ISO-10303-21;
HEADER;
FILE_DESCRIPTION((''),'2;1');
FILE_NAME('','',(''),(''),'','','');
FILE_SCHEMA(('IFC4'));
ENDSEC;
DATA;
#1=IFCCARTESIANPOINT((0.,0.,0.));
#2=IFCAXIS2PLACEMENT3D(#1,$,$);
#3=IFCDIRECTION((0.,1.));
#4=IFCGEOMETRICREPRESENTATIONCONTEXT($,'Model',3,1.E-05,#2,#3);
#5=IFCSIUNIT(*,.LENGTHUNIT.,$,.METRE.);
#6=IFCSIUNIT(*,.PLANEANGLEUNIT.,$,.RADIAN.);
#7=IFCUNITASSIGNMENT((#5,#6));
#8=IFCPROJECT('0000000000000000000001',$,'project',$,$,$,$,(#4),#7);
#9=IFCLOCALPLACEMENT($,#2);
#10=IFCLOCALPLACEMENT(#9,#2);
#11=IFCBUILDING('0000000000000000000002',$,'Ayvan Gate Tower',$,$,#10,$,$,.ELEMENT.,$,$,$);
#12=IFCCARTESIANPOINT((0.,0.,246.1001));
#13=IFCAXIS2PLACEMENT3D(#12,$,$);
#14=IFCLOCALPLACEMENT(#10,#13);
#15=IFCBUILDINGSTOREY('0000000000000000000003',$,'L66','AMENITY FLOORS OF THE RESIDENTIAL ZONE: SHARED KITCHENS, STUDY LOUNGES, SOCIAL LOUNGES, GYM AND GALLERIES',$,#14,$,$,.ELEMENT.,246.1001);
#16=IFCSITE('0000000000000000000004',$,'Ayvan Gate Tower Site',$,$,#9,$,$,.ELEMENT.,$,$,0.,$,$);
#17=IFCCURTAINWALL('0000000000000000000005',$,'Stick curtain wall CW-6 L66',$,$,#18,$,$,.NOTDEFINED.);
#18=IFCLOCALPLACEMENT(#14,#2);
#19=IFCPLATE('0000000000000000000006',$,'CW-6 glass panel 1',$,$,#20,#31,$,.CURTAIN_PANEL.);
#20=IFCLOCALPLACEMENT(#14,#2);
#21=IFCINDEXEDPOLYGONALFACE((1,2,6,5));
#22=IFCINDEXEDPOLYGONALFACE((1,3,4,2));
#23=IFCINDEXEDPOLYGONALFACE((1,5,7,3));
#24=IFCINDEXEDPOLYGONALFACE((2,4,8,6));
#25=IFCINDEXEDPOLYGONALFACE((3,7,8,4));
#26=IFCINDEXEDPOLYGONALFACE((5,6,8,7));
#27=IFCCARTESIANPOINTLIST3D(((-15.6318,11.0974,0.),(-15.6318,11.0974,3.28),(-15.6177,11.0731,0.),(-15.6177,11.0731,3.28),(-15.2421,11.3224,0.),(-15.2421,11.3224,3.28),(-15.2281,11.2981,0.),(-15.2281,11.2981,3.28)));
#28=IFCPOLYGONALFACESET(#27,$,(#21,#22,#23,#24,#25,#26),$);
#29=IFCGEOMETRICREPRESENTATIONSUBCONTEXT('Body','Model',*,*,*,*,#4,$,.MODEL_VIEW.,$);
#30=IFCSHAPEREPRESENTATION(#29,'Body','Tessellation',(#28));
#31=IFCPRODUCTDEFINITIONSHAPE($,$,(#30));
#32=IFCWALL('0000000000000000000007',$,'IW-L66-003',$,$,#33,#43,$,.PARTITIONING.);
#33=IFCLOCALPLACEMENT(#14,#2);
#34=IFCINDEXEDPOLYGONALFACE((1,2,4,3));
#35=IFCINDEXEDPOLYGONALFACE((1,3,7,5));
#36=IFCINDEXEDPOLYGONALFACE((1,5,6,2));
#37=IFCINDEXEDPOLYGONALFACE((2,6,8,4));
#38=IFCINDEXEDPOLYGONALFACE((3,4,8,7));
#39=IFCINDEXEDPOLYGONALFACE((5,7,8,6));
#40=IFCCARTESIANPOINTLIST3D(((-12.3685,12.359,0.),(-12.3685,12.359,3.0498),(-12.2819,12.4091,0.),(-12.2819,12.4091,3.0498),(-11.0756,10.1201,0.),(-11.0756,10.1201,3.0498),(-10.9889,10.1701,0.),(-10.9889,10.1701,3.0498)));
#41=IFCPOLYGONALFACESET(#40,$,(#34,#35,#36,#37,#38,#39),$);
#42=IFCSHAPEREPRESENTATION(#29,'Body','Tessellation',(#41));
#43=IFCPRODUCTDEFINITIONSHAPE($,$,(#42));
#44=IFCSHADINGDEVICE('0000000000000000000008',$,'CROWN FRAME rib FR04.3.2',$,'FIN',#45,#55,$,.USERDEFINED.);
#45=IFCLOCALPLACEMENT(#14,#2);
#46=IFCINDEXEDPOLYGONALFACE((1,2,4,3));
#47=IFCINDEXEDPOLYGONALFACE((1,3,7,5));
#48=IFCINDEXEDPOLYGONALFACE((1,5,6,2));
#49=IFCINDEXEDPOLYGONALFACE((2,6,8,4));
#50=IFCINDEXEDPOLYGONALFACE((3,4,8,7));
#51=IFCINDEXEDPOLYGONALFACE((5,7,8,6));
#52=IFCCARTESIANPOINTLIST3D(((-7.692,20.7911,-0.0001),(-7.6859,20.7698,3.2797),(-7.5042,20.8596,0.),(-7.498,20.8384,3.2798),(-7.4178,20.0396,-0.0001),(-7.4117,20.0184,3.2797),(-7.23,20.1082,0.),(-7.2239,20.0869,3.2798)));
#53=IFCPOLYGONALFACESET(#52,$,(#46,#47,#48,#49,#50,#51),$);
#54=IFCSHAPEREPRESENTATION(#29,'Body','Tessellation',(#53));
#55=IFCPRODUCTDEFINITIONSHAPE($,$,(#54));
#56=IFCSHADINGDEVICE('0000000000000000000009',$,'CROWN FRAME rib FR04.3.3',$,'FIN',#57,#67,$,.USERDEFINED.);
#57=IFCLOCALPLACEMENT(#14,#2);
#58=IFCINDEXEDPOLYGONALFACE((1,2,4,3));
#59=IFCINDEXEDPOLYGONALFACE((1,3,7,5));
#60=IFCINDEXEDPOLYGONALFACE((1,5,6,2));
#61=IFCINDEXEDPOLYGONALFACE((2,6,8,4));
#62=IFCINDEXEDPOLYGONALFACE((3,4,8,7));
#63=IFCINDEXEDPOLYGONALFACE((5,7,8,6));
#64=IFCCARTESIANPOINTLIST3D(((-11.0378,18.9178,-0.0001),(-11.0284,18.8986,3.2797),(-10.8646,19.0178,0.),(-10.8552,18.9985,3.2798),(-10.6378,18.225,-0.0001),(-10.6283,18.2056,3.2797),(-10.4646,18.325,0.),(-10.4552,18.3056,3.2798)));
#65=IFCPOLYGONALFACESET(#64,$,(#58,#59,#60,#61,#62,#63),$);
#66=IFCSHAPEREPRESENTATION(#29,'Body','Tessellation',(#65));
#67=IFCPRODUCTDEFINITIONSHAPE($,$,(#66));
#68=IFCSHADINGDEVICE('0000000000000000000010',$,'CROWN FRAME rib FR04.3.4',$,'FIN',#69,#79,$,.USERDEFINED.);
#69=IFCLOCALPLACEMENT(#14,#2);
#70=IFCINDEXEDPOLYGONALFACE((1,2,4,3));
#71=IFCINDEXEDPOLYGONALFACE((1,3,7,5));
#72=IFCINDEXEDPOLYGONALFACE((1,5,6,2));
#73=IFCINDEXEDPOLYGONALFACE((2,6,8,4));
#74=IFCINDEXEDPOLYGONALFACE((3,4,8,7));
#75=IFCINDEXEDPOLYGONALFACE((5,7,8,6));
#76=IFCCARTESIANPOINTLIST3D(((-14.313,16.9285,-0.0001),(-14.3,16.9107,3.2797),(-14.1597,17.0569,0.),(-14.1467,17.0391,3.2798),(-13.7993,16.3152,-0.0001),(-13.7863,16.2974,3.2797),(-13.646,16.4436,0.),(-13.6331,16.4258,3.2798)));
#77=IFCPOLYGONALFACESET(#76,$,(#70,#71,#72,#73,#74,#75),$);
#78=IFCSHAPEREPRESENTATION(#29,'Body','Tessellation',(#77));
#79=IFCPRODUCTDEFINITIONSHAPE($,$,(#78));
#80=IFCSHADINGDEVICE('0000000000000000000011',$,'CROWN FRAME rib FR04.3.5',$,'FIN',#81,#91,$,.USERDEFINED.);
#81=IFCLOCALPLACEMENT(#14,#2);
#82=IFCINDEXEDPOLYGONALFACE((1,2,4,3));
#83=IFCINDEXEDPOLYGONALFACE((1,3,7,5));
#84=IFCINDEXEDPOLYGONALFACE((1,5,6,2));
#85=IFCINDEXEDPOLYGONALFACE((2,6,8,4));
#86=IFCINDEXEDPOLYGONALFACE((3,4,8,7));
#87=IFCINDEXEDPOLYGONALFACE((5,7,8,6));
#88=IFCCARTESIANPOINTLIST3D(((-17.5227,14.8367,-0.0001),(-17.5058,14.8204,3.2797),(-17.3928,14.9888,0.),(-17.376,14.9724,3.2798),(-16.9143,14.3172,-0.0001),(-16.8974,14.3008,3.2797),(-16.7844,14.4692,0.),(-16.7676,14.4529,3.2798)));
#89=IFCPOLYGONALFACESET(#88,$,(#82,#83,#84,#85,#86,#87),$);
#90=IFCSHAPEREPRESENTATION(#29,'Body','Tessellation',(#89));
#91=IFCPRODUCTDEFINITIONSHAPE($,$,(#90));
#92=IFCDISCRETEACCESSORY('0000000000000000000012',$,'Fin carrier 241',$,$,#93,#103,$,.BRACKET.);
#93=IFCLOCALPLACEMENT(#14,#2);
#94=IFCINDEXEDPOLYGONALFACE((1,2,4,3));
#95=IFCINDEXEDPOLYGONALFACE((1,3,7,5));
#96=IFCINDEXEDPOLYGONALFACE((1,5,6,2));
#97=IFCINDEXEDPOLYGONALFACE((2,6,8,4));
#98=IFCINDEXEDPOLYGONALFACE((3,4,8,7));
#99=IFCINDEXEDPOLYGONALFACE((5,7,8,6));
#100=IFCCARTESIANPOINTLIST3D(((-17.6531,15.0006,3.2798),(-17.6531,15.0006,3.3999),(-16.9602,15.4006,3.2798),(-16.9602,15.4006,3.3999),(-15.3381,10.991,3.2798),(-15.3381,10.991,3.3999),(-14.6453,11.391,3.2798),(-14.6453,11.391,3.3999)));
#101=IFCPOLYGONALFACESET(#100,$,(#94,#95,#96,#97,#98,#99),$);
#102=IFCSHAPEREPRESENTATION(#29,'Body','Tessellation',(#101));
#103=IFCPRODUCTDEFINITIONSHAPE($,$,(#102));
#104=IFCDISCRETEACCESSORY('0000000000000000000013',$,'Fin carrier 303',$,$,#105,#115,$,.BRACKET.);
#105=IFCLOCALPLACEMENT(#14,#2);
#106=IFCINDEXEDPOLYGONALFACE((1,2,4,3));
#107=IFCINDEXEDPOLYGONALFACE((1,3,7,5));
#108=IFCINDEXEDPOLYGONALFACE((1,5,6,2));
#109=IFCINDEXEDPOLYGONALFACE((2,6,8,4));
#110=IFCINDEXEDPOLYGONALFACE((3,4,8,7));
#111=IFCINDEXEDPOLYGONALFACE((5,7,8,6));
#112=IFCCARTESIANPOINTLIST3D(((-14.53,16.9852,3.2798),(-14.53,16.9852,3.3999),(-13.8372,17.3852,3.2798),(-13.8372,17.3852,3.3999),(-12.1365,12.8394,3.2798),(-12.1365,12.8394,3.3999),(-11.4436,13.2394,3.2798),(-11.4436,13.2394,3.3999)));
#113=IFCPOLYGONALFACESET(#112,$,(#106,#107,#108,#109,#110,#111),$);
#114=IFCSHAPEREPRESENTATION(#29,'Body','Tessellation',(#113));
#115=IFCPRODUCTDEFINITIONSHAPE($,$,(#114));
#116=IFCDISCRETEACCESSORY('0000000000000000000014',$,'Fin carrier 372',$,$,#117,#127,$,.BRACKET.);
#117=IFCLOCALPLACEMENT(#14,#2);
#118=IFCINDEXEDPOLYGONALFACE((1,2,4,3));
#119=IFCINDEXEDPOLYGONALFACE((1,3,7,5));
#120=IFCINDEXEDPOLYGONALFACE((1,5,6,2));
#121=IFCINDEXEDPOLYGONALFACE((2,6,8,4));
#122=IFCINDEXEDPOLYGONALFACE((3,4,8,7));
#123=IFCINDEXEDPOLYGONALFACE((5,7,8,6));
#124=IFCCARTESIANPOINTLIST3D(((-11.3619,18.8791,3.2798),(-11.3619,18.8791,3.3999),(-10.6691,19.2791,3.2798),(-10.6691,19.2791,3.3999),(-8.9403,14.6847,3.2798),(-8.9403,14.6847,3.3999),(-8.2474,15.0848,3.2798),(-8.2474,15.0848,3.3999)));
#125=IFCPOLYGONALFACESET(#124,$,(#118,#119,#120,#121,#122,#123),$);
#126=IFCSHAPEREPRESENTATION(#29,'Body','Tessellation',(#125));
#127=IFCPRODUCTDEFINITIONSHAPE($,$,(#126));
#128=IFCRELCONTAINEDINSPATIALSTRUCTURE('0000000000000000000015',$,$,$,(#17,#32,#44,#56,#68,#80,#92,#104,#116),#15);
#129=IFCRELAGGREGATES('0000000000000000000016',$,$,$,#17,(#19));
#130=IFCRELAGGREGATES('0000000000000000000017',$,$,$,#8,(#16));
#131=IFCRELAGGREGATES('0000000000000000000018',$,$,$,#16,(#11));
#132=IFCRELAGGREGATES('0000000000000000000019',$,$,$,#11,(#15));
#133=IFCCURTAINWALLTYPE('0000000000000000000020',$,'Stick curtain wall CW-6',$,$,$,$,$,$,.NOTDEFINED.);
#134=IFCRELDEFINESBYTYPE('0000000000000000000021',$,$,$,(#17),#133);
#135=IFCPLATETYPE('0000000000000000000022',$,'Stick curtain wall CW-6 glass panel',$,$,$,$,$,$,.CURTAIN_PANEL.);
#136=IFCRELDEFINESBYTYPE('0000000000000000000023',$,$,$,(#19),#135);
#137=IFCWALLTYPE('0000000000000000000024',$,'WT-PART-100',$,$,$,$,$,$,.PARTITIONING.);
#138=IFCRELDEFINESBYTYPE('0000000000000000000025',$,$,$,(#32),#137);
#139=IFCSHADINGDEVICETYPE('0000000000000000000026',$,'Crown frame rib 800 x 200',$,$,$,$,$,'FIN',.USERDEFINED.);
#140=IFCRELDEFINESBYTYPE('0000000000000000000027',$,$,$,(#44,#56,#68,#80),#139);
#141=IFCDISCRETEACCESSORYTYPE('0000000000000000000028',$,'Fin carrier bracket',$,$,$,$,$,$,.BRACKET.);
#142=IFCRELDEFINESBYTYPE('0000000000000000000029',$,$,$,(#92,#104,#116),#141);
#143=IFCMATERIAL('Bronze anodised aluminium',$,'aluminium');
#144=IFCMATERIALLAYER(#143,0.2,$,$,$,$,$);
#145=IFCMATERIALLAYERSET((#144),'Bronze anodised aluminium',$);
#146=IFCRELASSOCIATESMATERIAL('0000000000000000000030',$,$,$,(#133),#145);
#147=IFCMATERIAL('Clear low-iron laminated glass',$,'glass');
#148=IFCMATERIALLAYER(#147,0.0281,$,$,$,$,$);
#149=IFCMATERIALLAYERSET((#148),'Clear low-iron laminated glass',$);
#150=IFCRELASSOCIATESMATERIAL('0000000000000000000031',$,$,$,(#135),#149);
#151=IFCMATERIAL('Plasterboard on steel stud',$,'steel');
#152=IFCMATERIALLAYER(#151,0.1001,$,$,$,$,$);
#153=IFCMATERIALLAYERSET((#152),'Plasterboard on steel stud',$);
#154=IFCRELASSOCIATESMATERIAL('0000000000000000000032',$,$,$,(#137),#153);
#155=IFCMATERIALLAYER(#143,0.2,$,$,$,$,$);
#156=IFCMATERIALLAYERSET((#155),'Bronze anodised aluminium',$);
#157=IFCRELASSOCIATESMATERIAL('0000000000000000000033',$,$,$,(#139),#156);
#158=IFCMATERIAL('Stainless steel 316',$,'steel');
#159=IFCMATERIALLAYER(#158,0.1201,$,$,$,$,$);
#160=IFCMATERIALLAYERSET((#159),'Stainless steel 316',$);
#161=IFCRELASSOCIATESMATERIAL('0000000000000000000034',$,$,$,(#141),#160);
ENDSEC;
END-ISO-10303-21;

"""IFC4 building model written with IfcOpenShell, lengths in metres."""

from ifc_helpers import new_model, si_unit, direction, frame, frame_2d, origin, origin_2d, place, context, subcontext, project, spatial, polyline, rectangle, outline, extrude, material, layer, layer_set, type_object, element, aggregate, save


model = new_model("IFC4")

# Units and contexts
model_context = context("Model", 3, precision=1e-05, world=origin(), true_north=direction((0.0, 1.0)))
body_context = subcontext(model_context, "Body", "Model", "MODEL_VIEW")
ifc_project = project(units=[si_unit("LENGTHUNIT", "METRE"), si_unit("PLANEANGLEUNIT", "RADIAN")], contexts=[model_context])

# Site, building, storey
site_placement = place(None, origin())
site = spatial("IfcSite", under=ifc_project, at=site_placement, Name="Ayvan Gate Tower Site", CompositionType="ELEMENT", RefElevation=0.0)
building_placement = place(site_placement, origin())
building = spatial("IfcBuilding", under=site, at=building_placement, Name="Ayvan Gate Tower", CompositionType="ELEMENT")
storey_placement = place(building_placement, frame((0.0, 0.0, 246.1001)))
storey = spatial("IfcBuildingStorey", under=building, at=storey_placement, Name="L66", Description="AMENITY FLOORS OF THE RESIDENTIAL ZONE: SHARED KITCHENS, STUDY LOUNGES, SOCIAL LOUNGES, GYM AND GALLERIES", CompositionType="ELEMENT", Elevation=246.1001)

# Curtain wall
ifc_material_1 = material(Name="Bronze anodised aluminium", Category="aluminium")
ifc_layer_1 = layer(ifc_material_1, 0.2)
ifc_layer_set_1 = layer_set([ifc_layer_1], Name="Bronze anodised aluminium")
curtain_wall_type_1 = type_object("IfcCurtainWallType", Name="Stick curtain wall CW-6", PredefinedType="NOTDEFINED", material=ifc_layer_set_1)
curtain_wall_1_placement = place(storey_placement, origin())
curtain_wall_1 = element("IfcCurtainWall", 1, at=curtain_wall_1_placement, inside=storey, type_object=curtain_wall_type_1, Name="Stick curtain wall CW-6 L66", PredefinedType="NOTDEFINED")

# Plate
ifc_material_2 = material(Name="Clear low-iron laminated glass", Category="glass")
ifc_layer_2 = layer(ifc_material_2, 0.0281)
ifc_layer_set_2 = layer_set([ifc_layer_2], Name="Clear low-iron laminated glass")
plate_type_1 = type_object("IfcPlateType", Name="Stick curtain wall CW-6 glass panel", PredefinedType="CURTAIN_PANEL", material=ifc_layer_set_2)
plate_1_placement = place(storey_placement, frame((-15.4299, 11.1978, 0.0), z_axis=(0.0, 0.0, 1.0), x_axis=(-0.866025, -0.5, 0.0)))
plate_1 = element("IfcPlate", 2, at=plate_1_placement, type_object=plate_type_1, Name="CW-6 glass panel 1", PredefinedType="CURTAIN_PANEL", context=body_context, shape_type="SweptSolid", body=[
    extrude(rectangle(XDim=0.45, YDim=0.0281, at=origin_2d()), origin(), (0.0, 0.0, 1.0), 3.28),
])
aggregate(curtain_wall_1, [plate_1])

# Wall
ifc_material_3 = material(Name="Plasterboard on steel stud", Category="steel")
ifc_layer_3 = layer(ifc_material_3, 0.1001)
ifc_layer_set_3 = layer_set([ifc_layer_3], Name="Plasterboard on steel stud")
wall_type = type_object("IfcWallType", Name="WT-PART-100", PredefinedType="PARTITIONING", material=ifc_layer_set_3)
wall_placement = place(storey_placement, frame((-12.3252, 12.384, 0.0), z_axis=(0.0, 0.0, 1.0), x_axis=(0.500079, -0.86598, 0.0)))
element("IfcWall", 3, at=wall_placement, inside=storey, type_object=wall_type, Name="IW-L66-003", PredefinedType="PARTITIONING", context=body_context, shape_type="SweptSolid", body=[
    extrude(rectangle(XDim=2.5854, YDim=0.1001, at=frame_2d((1.2927, 0.0))), origin(), (0.0, 0.0, 1.0), 3.0498),
])

# Shading devices
ifc_layer_4 = layer(ifc_material_1, 0.2)
ifc_layer_set_4 = layer_set([ifc_layer_4], Name="Bronze anodised aluminium")
shading_device_type = type_object("IfcShadingDeviceType", Name="Crown frame rib 800 x 200", ElementType="FIN", PredefinedType="USERDEFINED", material=ifc_layer_set_4)
shading_device_1_placement = place(storey_placement, frame((-7.23, 20.1082, 0.0), z_axis=(0.939427, 0.342748, 0.000471), x_axis=(-0.342748, 0.939428, 0.0)))
element("IfcShadingDevice", 4, at=shading_device_1_placement, inside=storey, type_object=shading_device_type, Name="CROWN FRAME rib FR04.3.2", ObjectType="FIN", PredefinedType="USERDEFINED", context=body_context, shape_type="SweptSolid", body=[
    extrude(outline(polyline([(0.0, 0.0), (0.7999, 0.0), (0.7779, 3.2798), (-0.022, 3.2798), (0.0, 0.0)])), origin(), (0.0, 0.0, -1.0), 0.2),
])
shading_device_2_placement = place(storey_placement, frame((-10.4646, 18.325, 0.0), z_axis=(0.866028, 0.499995, 0.000458), x_axis=(-0.499995, 0.866028, 0.0)))
element("IfcShadingDevice", 5, at=shading_device_2_placement, inside=storey, type_object=shading_device_type, Name="CROWN FRAME rib FR04.3.3", ObjectType="FIN", PredefinedType="USERDEFINED", context=body_context, shape_type="SweptSolid", body=[
    extrude(outline(polyline([(0.0, 0.0), (0.8, 0.0), (0.7787, 3.2798), (-0.0215, 3.2798), (0.0, 0.0)])), origin(), (0.0, 0.0, -1.0), 0.2),
])
shading_device_3_placement = place(storey_placement, frame((-13.646, 16.4436, 0.0), z_axis=(0.766618, 0.642103, 0.000465), x_axis=(-0.642104, 0.766618, 0.0)))
element("IfcShadingDevice", 6, at=shading_device_3_placement, inside=storey, type_object=shading_device_type, Name="CROWN FRAME rib FR04.3.4", ObjectType="FIN", PredefinedType="USERDEFINED", context=body_context, shape_type="SweptSolid", body=[
    extrude(outline(polyline([(0.0, 0.0), (0.8, 0.0), (0.778, 3.2798), (-0.022, 3.2798), (0.0, 0.0)])), origin(), (0.0, 0.0, -1.0), 0.2),
])
shading_device_4_placement = place(storey_placement, frame((-16.7844, 14.4692, 0.0), z_axis=(0.649383, 0.760462, 0.000457), x_axis=(-0.760462, 0.649383, 0.0)))
element("IfcShadingDevice", 7, at=shading_device_4_placement, inside=storey, type_object=shading_device_type, Name="CROWN FRAME rib FR04.3.5", ObjectType="FIN", PredefinedType="USERDEFINED", context=body_context, shape_type="SweptSolid", body=[
    extrude(outline(polyline([(0.0, 0.0), (0.8, 0.0), (0.7766, 3.2798), (-0.0234, 3.2798), (0.0, 0.0)])), origin(), (0.0, 0.0, -1.0), 0.2),
])

# Discrete accessories
ifc_material_4 = material(Name="Stainless steel 316", Category="steel")
ifc_layer_5 = layer(ifc_material_4, 0.1201)
ifc_layer_set_5 = layer_set([ifc_layer_5], Name="Stainless steel 316")
discrete_accessory_type = type_object("IfcDiscreteAccessoryType", Name="Fin carrier bracket", PredefinedType="BRACKET", material=ifc_layer_set_5)
discrete_accessory_1_placement = place(storey_placement, frame((-16.1492, 13.1958, 3.2798), z_axis=(0.0, 0.0, 1.0), x_axis=(-0.866025, -0.5, 0.0)))
element("IfcDiscreteAccessory", 8, at=discrete_accessory_1_placement, inside=storey, type_object=discrete_accessory_type, Name="Fin carrier 241", PredefinedType="BRACKET", context=body_context, shape_type="SweptSolid", body=[
    extrude(rectangle(XDim=0.8, YDim=4.6299, at=origin_2d()), origin(), (0.0, 0.0, 1.0), 0.1201),
])
discrete_accessory_2_placement = place(storey_placement, frame((-12.9868, 15.1123, 3.2798), z_axis=(0.0, 0.0, 1.0), x_axis=(-0.866025, -0.5, 0.0)))
element("IfcDiscreteAccessory", 9, at=discrete_accessory_2_placement, inside=storey, type_object=discrete_accessory_type, Name="Fin carrier 303", PredefinedType="BRACKET", context=body_context, shape_type="SweptSolid", body=[
    extrude(rectangle(XDim=0.8, YDim=4.7871, at=origin_2d()), origin(), (0.0, 0.0, 1.0), 0.1201),
])
discrete_accessory_3_placement = place(storey_placement, frame((-9.8047, 16.9819, 3.2798), z_axis=(0.0, 0.0, 1.0), x_axis=(-0.866025, -0.5, 0.0)))
element("IfcDiscreteAccessory", 10, at=discrete_accessory_3_placement, inside=storey, type_object=discrete_accessory_type, Name="Fin carrier 372", PredefinedType="BRACKET", context=body_context, shape_type="SweptSolid", body=[
    extrude(rectangle(XDim=0.8, YDim=4.8433, at=origin_2d()), origin(), (0.0, 0.0, 1.0), 0.1201),
])

save(model, "model.ifc")
